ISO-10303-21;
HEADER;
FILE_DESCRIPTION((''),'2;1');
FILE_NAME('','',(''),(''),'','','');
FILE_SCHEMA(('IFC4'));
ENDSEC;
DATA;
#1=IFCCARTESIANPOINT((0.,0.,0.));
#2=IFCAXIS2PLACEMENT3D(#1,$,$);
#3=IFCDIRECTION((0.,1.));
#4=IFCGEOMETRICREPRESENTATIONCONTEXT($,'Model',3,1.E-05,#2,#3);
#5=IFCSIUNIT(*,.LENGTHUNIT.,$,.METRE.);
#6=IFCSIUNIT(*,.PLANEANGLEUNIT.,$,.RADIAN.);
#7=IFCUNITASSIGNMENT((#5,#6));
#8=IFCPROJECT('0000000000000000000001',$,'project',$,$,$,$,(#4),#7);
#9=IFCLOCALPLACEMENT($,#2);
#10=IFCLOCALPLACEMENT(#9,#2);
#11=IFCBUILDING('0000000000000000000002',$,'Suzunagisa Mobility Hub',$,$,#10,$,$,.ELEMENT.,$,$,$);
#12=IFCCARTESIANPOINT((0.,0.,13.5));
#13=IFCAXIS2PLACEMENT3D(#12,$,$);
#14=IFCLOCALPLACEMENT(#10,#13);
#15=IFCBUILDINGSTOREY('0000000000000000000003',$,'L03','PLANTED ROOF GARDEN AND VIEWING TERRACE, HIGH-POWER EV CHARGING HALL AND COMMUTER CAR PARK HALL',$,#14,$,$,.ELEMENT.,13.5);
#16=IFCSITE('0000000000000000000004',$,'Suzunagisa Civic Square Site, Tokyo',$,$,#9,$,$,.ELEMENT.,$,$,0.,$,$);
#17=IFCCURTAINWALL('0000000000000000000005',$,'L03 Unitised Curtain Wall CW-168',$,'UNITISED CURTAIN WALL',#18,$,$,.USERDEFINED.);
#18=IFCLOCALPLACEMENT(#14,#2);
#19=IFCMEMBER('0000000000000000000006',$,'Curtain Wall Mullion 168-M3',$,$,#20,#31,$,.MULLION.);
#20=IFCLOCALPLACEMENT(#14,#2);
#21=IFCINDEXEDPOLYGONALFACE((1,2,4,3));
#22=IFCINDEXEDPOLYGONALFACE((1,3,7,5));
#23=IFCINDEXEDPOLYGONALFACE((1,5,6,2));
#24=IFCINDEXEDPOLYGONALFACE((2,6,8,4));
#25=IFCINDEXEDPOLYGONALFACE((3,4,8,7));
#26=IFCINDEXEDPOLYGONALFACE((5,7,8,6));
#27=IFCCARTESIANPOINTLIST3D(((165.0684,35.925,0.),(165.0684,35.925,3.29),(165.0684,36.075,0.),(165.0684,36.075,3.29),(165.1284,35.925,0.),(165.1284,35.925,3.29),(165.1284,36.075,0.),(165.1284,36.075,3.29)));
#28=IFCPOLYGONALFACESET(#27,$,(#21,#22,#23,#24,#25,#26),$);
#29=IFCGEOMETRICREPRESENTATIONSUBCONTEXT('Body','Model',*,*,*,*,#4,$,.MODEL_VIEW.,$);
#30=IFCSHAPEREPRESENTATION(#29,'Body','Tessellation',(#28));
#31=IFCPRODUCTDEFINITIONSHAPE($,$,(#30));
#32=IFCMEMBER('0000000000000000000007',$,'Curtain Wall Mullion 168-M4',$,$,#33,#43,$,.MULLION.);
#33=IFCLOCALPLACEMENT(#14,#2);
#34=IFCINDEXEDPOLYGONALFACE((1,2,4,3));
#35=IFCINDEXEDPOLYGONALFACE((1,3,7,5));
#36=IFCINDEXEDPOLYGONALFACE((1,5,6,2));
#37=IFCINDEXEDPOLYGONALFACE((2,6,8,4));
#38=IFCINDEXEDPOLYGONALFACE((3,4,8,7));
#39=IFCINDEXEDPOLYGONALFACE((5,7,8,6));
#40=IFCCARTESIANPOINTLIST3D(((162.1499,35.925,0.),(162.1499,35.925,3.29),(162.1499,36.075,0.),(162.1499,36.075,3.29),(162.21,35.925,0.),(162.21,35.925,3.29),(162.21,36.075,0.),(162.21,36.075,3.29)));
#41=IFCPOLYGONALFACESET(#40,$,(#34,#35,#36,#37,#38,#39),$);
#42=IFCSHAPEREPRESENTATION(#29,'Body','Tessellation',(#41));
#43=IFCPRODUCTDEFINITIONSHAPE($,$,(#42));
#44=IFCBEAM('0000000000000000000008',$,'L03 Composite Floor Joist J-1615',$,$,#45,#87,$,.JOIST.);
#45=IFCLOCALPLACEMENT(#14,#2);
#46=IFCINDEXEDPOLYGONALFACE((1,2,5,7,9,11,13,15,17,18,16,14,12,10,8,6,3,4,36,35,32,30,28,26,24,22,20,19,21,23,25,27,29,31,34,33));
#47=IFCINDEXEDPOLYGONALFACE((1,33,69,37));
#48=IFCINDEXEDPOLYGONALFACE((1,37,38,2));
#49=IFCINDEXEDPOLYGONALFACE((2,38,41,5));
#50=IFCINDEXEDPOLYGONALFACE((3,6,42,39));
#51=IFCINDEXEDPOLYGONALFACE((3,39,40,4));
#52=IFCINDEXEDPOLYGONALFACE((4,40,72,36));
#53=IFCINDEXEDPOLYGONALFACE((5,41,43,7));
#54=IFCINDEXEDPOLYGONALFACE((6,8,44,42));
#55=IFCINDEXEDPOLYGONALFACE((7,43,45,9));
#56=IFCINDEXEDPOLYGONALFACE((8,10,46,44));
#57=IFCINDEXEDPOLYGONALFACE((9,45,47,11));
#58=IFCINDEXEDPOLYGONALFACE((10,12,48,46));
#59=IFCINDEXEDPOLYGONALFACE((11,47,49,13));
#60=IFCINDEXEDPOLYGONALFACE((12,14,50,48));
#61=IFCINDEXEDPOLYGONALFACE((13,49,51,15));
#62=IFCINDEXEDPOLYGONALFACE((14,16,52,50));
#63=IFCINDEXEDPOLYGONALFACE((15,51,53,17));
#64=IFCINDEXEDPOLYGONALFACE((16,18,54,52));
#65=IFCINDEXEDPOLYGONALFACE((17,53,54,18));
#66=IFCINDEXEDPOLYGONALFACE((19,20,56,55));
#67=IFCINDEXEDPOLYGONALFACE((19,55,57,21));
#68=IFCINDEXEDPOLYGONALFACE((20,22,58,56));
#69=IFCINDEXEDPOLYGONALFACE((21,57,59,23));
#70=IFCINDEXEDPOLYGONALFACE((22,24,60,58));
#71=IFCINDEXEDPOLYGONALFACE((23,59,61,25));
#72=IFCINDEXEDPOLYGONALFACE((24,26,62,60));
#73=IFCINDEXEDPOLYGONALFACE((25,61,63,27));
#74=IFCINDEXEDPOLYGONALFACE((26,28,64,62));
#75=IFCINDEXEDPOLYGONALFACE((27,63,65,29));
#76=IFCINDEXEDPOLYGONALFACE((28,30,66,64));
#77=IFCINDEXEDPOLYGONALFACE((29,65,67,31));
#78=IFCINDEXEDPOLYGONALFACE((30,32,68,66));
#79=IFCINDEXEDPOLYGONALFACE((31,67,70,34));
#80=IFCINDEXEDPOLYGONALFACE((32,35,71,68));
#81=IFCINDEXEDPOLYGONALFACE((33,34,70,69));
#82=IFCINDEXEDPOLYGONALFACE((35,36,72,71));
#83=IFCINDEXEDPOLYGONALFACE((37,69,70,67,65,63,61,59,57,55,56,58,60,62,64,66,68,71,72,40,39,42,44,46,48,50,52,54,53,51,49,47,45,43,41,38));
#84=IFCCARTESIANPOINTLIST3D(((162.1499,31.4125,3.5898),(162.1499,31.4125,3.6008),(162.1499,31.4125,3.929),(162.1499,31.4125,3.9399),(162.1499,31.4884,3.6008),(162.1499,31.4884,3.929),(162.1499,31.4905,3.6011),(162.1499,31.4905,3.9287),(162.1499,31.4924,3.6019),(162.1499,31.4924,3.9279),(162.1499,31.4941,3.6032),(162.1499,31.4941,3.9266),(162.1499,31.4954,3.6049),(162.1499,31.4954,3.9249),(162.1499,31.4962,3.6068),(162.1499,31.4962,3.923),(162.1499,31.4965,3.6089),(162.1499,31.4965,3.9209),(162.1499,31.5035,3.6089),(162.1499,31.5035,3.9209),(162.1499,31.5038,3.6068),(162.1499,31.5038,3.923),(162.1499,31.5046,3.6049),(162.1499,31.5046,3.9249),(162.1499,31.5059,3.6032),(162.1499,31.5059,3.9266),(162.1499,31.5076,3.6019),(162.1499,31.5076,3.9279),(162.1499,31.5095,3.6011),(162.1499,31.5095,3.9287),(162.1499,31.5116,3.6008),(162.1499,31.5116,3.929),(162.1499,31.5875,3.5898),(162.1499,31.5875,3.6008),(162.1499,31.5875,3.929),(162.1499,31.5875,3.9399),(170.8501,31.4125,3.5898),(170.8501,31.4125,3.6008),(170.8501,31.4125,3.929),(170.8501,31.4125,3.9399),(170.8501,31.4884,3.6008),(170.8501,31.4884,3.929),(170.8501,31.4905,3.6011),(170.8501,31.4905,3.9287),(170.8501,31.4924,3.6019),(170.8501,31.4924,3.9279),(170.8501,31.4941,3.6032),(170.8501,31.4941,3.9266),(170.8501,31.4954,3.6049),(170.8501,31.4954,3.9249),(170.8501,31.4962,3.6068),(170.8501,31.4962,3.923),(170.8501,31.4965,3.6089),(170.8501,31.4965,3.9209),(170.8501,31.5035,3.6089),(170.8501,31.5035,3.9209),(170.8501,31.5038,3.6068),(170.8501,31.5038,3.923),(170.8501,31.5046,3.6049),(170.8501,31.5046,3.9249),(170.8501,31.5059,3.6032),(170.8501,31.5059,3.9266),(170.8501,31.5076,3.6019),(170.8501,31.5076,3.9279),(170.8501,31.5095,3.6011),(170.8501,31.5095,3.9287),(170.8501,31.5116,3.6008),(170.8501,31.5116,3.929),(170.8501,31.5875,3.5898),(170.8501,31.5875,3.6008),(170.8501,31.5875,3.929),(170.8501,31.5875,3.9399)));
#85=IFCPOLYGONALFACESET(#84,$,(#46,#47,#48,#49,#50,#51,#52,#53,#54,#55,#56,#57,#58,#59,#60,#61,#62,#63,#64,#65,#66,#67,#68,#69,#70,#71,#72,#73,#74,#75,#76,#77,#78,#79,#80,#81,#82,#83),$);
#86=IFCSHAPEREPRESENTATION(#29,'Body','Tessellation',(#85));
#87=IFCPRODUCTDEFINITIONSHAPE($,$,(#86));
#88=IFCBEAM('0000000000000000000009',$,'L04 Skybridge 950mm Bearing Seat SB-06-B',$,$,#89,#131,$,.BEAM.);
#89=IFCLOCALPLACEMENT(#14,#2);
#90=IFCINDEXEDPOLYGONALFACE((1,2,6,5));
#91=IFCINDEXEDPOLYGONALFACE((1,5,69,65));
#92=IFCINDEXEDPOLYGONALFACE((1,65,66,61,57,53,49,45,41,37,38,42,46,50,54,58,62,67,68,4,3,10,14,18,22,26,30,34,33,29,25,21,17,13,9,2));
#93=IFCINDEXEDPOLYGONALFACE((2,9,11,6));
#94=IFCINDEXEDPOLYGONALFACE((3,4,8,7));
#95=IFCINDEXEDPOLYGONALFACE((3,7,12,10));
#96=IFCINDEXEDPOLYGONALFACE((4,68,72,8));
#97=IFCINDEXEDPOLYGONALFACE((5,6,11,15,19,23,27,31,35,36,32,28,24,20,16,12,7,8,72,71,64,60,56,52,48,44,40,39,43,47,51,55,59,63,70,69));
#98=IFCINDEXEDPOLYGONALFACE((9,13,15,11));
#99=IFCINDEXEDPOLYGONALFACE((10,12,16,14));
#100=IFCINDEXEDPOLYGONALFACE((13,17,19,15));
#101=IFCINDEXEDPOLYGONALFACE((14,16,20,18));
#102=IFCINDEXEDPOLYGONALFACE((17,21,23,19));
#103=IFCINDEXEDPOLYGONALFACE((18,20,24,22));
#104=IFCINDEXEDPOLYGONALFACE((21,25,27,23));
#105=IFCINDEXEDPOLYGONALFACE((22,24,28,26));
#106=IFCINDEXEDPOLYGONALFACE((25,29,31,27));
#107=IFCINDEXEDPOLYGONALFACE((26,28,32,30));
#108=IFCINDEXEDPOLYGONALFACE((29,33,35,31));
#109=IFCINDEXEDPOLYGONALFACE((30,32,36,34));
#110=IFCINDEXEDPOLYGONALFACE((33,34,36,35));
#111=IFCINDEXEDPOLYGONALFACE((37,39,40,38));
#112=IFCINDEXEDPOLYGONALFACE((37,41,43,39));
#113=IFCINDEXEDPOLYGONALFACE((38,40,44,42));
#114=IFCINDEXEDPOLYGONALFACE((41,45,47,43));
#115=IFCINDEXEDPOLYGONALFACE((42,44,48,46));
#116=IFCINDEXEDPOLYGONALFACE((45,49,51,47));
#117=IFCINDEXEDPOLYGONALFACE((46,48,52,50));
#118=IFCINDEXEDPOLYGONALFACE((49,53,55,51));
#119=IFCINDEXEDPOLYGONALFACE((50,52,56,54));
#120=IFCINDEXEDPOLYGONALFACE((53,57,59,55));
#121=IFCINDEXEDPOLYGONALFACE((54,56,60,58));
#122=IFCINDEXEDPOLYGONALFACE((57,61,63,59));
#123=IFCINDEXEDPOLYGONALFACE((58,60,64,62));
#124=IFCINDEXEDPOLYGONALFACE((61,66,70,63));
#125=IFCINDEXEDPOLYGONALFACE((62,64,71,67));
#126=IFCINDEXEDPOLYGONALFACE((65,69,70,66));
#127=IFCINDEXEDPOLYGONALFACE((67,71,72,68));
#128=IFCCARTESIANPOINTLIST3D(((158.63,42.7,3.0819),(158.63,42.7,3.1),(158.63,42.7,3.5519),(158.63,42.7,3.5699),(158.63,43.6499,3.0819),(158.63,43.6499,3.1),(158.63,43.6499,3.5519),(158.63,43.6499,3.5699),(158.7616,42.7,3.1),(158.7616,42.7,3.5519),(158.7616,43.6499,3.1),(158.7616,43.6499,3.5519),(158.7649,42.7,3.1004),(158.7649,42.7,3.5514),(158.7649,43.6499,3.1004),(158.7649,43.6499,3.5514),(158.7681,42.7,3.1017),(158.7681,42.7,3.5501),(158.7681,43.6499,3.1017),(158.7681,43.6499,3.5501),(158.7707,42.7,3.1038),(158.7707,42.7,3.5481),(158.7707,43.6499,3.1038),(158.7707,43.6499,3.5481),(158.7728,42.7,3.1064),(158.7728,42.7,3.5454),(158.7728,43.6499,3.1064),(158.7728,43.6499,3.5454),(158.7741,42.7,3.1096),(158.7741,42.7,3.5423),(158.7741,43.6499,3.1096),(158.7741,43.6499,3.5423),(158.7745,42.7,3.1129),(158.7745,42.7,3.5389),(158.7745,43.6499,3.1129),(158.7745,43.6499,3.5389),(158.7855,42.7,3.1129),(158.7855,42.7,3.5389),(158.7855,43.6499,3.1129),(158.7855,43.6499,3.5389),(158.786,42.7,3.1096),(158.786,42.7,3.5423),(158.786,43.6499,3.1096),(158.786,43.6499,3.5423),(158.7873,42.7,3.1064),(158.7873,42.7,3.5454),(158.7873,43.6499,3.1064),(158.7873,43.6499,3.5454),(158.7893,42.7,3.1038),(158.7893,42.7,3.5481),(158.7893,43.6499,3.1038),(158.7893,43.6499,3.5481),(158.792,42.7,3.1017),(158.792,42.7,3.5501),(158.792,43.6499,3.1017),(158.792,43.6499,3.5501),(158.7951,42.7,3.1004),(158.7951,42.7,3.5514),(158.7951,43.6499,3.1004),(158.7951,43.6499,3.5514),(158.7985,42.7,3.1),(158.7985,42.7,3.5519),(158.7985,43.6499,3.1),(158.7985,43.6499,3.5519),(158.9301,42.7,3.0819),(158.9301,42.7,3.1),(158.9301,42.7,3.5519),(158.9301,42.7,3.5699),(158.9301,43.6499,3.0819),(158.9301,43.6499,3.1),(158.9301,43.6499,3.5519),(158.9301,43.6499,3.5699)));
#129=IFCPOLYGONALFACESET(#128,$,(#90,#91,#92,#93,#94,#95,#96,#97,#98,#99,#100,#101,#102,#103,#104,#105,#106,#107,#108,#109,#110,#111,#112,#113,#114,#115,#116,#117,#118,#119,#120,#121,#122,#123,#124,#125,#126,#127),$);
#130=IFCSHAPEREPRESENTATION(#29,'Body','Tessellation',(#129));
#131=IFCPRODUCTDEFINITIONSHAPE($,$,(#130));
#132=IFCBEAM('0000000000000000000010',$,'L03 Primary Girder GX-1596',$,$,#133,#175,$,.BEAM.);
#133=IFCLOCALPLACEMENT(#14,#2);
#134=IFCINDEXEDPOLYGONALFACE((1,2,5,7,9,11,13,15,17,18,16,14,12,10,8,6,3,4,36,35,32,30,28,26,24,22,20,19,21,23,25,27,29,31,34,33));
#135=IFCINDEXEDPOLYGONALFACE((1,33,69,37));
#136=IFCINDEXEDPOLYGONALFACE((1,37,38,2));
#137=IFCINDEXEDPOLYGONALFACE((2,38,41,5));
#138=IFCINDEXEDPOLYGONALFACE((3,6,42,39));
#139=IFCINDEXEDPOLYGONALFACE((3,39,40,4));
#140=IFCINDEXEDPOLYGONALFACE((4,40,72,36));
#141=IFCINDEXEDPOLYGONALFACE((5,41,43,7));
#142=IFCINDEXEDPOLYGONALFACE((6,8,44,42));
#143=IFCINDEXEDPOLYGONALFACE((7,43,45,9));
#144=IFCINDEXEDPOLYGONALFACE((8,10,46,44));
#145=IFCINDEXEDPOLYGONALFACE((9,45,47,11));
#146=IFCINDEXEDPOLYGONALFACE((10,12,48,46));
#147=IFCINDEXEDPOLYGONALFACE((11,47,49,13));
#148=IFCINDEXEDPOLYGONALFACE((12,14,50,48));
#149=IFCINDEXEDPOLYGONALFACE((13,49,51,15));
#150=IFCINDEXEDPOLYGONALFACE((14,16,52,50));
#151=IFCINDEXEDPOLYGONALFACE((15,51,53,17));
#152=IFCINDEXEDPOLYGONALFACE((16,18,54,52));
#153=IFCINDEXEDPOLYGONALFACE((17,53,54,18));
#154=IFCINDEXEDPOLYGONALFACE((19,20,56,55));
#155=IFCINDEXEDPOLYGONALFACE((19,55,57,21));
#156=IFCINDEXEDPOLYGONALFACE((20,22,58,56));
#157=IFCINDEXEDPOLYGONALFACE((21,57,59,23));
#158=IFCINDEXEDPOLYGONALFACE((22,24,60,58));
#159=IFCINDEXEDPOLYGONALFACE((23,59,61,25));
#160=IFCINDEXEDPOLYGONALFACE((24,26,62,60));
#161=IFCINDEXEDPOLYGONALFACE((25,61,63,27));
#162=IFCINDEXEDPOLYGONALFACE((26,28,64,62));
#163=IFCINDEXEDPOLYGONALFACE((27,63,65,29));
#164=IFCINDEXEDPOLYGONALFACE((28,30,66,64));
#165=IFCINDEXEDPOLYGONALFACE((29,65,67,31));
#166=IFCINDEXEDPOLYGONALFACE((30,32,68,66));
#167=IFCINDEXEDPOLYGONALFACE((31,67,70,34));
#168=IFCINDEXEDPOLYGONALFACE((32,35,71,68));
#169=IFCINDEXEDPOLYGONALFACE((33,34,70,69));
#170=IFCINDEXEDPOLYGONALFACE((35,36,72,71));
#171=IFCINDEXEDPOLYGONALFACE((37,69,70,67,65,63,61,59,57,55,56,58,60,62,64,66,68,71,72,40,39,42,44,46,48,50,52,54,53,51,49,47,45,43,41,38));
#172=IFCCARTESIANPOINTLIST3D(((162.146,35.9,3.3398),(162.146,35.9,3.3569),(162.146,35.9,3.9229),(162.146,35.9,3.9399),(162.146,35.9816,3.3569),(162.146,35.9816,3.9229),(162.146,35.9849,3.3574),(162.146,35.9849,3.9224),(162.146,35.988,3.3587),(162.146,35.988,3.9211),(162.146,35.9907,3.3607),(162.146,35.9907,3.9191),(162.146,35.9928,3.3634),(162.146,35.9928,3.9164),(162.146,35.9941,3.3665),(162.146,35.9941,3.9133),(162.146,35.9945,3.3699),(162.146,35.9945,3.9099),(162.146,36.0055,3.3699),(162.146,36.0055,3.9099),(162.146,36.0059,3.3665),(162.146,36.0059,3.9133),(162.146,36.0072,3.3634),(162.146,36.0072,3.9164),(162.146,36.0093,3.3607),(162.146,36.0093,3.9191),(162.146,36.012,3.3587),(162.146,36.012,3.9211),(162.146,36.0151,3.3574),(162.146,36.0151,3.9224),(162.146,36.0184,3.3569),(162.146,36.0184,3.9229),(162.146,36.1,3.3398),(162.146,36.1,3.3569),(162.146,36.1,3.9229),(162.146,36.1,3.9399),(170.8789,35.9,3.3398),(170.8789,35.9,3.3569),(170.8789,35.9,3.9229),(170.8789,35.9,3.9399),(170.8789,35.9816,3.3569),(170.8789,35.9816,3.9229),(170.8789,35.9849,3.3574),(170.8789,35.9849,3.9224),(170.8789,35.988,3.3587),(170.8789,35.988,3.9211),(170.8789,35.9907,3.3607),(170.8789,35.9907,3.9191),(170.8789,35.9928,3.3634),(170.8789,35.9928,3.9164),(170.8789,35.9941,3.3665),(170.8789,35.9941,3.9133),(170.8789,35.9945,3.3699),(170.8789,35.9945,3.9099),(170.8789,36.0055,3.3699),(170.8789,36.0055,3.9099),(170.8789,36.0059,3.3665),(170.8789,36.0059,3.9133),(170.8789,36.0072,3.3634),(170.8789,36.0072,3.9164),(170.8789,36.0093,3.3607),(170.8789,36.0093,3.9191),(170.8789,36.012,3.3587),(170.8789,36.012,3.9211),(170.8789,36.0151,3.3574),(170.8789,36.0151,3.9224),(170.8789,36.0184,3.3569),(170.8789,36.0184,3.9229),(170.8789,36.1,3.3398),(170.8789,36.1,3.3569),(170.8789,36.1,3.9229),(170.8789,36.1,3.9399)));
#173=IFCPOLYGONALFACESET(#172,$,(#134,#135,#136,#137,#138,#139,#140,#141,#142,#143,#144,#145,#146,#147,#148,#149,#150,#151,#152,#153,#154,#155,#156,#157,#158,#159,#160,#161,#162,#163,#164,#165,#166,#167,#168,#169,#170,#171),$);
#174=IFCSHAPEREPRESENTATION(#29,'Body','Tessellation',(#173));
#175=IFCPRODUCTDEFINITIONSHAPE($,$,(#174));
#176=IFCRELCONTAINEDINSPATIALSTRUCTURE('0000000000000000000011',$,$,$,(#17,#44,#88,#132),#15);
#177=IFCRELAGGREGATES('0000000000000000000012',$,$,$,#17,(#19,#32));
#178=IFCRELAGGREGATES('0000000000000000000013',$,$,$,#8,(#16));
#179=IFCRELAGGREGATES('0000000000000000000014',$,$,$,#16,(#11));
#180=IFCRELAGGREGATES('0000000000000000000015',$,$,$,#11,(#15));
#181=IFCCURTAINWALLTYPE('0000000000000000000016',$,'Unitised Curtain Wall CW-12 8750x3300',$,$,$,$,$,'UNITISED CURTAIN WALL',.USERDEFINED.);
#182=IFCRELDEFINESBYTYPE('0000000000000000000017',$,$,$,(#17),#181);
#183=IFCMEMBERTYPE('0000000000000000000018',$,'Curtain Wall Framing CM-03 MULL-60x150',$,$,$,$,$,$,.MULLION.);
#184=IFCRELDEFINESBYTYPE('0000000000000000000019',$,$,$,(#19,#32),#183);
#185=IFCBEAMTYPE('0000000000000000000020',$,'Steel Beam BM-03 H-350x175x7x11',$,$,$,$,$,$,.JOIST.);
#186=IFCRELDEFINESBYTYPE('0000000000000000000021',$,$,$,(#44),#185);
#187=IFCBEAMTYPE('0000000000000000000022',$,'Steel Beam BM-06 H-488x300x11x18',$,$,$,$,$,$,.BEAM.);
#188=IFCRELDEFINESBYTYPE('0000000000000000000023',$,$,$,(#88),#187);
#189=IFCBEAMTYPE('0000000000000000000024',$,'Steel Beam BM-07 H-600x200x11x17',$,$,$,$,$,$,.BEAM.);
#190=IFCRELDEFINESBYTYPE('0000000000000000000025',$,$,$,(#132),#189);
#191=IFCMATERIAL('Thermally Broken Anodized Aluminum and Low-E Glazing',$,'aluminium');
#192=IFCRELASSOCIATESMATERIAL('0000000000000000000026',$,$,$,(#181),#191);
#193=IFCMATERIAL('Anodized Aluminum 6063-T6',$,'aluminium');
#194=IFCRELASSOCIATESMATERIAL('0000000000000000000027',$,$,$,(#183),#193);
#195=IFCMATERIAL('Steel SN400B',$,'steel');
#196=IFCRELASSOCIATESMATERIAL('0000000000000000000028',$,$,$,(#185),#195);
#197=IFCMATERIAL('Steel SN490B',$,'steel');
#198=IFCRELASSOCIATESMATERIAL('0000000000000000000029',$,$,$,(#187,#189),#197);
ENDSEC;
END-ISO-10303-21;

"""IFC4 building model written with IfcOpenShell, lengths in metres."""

from ifc_helpers import new_model, si_unit, direction, frame, origin, origin_2d, place, context, subcontext, project, spatial, rectangle, i_section, extrude, material, material_profile, profile_set, type_object, element, aggregate, save


model = new_model("IFC4")

# Units and contexts
model_context = context("Model", 3, precision=1e-05, world=origin(), true_north=direction((0.0, 1.0)))
body_context = subcontext(model_context, "Body", "Model", "MODEL_VIEW")
ifc_project = project(units=[si_unit("LENGTHUNIT", "METRE"), si_unit("PLANEANGLEUNIT", "RADIAN")], contexts=[model_context])

# Site, building, storey
site_placement = place(None, origin())
site = spatial("IfcSite", under=ifc_project, at=site_placement, Name="Suzunagisa Civic Square Site, Tokyo", CompositionType="ELEMENT", RefElevation=0.0)
building_placement = place(site_placement, origin())
building = spatial("IfcBuilding", under=site, at=building_placement, Name="Suzunagisa Mobility Hub", CompositionType="ELEMENT")
storey_placement = place(building_placement, frame((0.0, 0.0, 13.5)))
storey = spatial("IfcBuildingStorey", under=building, at=storey_placement, Name="L03", Description="PLANTED ROOF GARDEN AND VIEWING TERRACE, HIGH-POWER EV CHARGING HALL AND COMMUTER CAR PARK HALL", CompositionType="ELEMENT", Elevation=13.5)

# Shared definitions
ifc_material_1 = material(Name="Steel SN490B", Category="steel")

# Curtain wall, members
ifc_material_2 = material(Name="Thermally Broken Anodized Aluminum and Low-E Glazing", Category="aluminium")
curtain_wall_type = type_object("IfcCurtainWallType", Name="Unitised Curtain Wall CW-12 8750x3300", ElementType="UNITISED CURTAIN WALL", PredefinedType="USERDEFINED", material=ifc_material_2)
curtain_wall_placement = place(storey_placement, origin())
curtain_wall = element("IfcCurtainWall", 1, at=curtain_wall_placement, inside=storey, type_object=curtain_wall_type, Name="L03 Unitised Curtain Wall CW-168", ObjectType="UNITISED CURTAIN WALL", PredefinedType="USERDEFINED")
ifc_material_3 = material(Name="Anodized Aluminum 6063-T6", Category="aluminium")
ifc_material_profile_1 = material_profile(ifc_material_3, rectangle(XDim=0.0601, YDim=0.1499, at=origin_2d()), Name="MULL-60x150")
ifc_profile_set_1 = profile_set([ifc_material_profile_1], Name="Anodized Aluminum 6063-T6")
member_type_1 = type_object("IfcMemberType", Name="Curtain Wall Framing CM-03 MULL-60x150", PredefinedType="MULLION", material=ifc_profile_set_1)
member_1_placement = place(storey_placement, frame((165.0984, 36.0, 0.0), z_axis=(0.0, 0.0, 1.0), x_axis=(-1.0, 0.0, 0.0)))
member_1 = element("IfcMember", 2, at=member_1_placement, type_object=member_type_1, Name="Curtain Wall Mullion 168-M3", PredefinedType="MULLION", context=body_context, shape_type="SweptSolid", body=[
    extrude(rectangle(XDim=0.0601, YDim=0.1499, at=origin_2d()), origin(), (0.0, 0.0, 1.0), 3.29),
])
member_2_placement = place(storey_placement, frame((162.1799, 36.0, 0.0), z_axis=(0.0, 0.0, 1.0), x_axis=(-1.0, 0.0, 0.0)))
member_2 = element("IfcMember", 3, at=member_2_placement, type_object=member_type_1, Name="Curtain Wall Mullion 168-M4", PredefinedType="MULLION", context=body_context, shape_type="SweptSolid", body=[
    extrude(rectangle(XDim=0.0601, YDim=0.1499, at=origin_2d()), origin(), (0.0, 0.0, 1.0), 3.29),
])

# Beams
ifc_material_4 = material(Name="Steel SN400B", Category="steel")
ifc_material_profile_2 = material_profile(ifc_material_4, i_section(OverallWidth=0.175, OverallDepth=0.3501, WebThickness=0.0071, FlangeThickness=0.011, FilletRadius=0.0081, at=origin_2d()), Name="H-350x175x7x11")
ifc_profile_set_2 = profile_set([ifc_material_profile_2], Name="Steel SN400B")
beam_type_1 = type_object("IfcBeamType", Name="Steel Beam BM-03 H-350x175x7x11", PredefinedType="JOIST", material=ifc_profile_set_2)
beam_1_placement = place(storey_placement, frame((162.1499, 31.5, 3.7649), z_axis=(1.0, 0.0, 0.0), x_axis=(0.0, 1.0, 0.0)))
element("IfcBeam", 4, at=beam_1_placement, inside=storey, type_object=beam_type_1, Name="L03 Composite Floor Joist J-1615", PredefinedType="JOIST", context=body_context, shape_type="SweptSolid", body=[
    extrude(i_section(OverallWidth=0.175, OverallDepth=0.3501, WebThickness=0.0071, FlangeThickness=0.011, FilletRadius=0.0081, at=origin_2d()), origin(), (0.0, 0.0, 1.0), 8.7002),
])
ifc_material_profile_3 = material_profile(ifc_material_1, i_section(OverallWidth=0.3, OverallDepth=0.488, WebThickness=0.011, FlangeThickness=0.0181, FilletRadius=0.0129, at=origin_2d()), Name="H-488x300x11x18")
ifc_profile_set_3 = profile_set([ifc_material_profile_3], Name="Steel SN490B")
beam_type_2 = type_object("IfcBeamType", Name="Steel Beam BM-06 H-488x300x11x18", PredefinedType="BEAM", material=ifc_profile_set_3)
beam_2_placement = place(storey_placement, frame((158.78, 42.7, 3.3259), z_axis=(0.0, 1.0, 0.0), x_axis=(-1.0, 0.0, 0.0)))
element("IfcBeam", 5, at=beam_2_placement, inside=storey, type_object=beam_type_2, Name="L04 Skybridge 950mm Bearing Seat SB-06-B", PredefinedType="BEAM", context=body_context, shape_type="SweptSolid", body=[
    extrude(i_section(OverallWidth=0.3, OverallDepth=0.488, WebThickness=0.011, FlangeThickness=0.0181, FilletRadius=0.0129, at=origin_2d()), origin(), (0.0, 0.0, 1.0), 0.95),
])
ifc_material_profile_4 = material_profile(ifc_material_1, i_section(OverallWidth=0.2, OverallDepth=0.6001, WebThickness=0.011, FlangeThickness=0.0171, FilletRadius=0.0129, at=origin_2d()), Name="H-600x200x11x17")
ifc_profile_set_4 = profile_set([ifc_material_profile_4], Name="Steel SN490B")
beam_type_3 = type_object("IfcBeamType", Name="Steel Beam BM-07 H-600x200x11x17", PredefinedType="BEAM", material=ifc_profile_set_4)
beam_3_placement = place(storey_placement, frame((162.146, 36.0, 3.6399), z_axis=(1.0, 0.0, 0.0), x_axis=(0.0, 1.0, 0.0)))
element("IfcBeam", 6, at=beam_3_placement, inside=storey, type_object=beam_type_3, Name="L03 Primary Girder GX-1596", PredefinedType="BEAM", context=body_context, shape_type="SweptSolid", body=[
    extrude(i_section(OverallWidth=0.2, OverallDepth=0.6001, WebThickness=0.011, FlangeThickness=0.0171, FilletRadius=0.0129, at=origin_2d()), origin(), (0.0, 0.0, 1.0), 8.7329),
])

aggregate(curtain_wall, [member_1, member_2])

save(model, "model.ifc")
